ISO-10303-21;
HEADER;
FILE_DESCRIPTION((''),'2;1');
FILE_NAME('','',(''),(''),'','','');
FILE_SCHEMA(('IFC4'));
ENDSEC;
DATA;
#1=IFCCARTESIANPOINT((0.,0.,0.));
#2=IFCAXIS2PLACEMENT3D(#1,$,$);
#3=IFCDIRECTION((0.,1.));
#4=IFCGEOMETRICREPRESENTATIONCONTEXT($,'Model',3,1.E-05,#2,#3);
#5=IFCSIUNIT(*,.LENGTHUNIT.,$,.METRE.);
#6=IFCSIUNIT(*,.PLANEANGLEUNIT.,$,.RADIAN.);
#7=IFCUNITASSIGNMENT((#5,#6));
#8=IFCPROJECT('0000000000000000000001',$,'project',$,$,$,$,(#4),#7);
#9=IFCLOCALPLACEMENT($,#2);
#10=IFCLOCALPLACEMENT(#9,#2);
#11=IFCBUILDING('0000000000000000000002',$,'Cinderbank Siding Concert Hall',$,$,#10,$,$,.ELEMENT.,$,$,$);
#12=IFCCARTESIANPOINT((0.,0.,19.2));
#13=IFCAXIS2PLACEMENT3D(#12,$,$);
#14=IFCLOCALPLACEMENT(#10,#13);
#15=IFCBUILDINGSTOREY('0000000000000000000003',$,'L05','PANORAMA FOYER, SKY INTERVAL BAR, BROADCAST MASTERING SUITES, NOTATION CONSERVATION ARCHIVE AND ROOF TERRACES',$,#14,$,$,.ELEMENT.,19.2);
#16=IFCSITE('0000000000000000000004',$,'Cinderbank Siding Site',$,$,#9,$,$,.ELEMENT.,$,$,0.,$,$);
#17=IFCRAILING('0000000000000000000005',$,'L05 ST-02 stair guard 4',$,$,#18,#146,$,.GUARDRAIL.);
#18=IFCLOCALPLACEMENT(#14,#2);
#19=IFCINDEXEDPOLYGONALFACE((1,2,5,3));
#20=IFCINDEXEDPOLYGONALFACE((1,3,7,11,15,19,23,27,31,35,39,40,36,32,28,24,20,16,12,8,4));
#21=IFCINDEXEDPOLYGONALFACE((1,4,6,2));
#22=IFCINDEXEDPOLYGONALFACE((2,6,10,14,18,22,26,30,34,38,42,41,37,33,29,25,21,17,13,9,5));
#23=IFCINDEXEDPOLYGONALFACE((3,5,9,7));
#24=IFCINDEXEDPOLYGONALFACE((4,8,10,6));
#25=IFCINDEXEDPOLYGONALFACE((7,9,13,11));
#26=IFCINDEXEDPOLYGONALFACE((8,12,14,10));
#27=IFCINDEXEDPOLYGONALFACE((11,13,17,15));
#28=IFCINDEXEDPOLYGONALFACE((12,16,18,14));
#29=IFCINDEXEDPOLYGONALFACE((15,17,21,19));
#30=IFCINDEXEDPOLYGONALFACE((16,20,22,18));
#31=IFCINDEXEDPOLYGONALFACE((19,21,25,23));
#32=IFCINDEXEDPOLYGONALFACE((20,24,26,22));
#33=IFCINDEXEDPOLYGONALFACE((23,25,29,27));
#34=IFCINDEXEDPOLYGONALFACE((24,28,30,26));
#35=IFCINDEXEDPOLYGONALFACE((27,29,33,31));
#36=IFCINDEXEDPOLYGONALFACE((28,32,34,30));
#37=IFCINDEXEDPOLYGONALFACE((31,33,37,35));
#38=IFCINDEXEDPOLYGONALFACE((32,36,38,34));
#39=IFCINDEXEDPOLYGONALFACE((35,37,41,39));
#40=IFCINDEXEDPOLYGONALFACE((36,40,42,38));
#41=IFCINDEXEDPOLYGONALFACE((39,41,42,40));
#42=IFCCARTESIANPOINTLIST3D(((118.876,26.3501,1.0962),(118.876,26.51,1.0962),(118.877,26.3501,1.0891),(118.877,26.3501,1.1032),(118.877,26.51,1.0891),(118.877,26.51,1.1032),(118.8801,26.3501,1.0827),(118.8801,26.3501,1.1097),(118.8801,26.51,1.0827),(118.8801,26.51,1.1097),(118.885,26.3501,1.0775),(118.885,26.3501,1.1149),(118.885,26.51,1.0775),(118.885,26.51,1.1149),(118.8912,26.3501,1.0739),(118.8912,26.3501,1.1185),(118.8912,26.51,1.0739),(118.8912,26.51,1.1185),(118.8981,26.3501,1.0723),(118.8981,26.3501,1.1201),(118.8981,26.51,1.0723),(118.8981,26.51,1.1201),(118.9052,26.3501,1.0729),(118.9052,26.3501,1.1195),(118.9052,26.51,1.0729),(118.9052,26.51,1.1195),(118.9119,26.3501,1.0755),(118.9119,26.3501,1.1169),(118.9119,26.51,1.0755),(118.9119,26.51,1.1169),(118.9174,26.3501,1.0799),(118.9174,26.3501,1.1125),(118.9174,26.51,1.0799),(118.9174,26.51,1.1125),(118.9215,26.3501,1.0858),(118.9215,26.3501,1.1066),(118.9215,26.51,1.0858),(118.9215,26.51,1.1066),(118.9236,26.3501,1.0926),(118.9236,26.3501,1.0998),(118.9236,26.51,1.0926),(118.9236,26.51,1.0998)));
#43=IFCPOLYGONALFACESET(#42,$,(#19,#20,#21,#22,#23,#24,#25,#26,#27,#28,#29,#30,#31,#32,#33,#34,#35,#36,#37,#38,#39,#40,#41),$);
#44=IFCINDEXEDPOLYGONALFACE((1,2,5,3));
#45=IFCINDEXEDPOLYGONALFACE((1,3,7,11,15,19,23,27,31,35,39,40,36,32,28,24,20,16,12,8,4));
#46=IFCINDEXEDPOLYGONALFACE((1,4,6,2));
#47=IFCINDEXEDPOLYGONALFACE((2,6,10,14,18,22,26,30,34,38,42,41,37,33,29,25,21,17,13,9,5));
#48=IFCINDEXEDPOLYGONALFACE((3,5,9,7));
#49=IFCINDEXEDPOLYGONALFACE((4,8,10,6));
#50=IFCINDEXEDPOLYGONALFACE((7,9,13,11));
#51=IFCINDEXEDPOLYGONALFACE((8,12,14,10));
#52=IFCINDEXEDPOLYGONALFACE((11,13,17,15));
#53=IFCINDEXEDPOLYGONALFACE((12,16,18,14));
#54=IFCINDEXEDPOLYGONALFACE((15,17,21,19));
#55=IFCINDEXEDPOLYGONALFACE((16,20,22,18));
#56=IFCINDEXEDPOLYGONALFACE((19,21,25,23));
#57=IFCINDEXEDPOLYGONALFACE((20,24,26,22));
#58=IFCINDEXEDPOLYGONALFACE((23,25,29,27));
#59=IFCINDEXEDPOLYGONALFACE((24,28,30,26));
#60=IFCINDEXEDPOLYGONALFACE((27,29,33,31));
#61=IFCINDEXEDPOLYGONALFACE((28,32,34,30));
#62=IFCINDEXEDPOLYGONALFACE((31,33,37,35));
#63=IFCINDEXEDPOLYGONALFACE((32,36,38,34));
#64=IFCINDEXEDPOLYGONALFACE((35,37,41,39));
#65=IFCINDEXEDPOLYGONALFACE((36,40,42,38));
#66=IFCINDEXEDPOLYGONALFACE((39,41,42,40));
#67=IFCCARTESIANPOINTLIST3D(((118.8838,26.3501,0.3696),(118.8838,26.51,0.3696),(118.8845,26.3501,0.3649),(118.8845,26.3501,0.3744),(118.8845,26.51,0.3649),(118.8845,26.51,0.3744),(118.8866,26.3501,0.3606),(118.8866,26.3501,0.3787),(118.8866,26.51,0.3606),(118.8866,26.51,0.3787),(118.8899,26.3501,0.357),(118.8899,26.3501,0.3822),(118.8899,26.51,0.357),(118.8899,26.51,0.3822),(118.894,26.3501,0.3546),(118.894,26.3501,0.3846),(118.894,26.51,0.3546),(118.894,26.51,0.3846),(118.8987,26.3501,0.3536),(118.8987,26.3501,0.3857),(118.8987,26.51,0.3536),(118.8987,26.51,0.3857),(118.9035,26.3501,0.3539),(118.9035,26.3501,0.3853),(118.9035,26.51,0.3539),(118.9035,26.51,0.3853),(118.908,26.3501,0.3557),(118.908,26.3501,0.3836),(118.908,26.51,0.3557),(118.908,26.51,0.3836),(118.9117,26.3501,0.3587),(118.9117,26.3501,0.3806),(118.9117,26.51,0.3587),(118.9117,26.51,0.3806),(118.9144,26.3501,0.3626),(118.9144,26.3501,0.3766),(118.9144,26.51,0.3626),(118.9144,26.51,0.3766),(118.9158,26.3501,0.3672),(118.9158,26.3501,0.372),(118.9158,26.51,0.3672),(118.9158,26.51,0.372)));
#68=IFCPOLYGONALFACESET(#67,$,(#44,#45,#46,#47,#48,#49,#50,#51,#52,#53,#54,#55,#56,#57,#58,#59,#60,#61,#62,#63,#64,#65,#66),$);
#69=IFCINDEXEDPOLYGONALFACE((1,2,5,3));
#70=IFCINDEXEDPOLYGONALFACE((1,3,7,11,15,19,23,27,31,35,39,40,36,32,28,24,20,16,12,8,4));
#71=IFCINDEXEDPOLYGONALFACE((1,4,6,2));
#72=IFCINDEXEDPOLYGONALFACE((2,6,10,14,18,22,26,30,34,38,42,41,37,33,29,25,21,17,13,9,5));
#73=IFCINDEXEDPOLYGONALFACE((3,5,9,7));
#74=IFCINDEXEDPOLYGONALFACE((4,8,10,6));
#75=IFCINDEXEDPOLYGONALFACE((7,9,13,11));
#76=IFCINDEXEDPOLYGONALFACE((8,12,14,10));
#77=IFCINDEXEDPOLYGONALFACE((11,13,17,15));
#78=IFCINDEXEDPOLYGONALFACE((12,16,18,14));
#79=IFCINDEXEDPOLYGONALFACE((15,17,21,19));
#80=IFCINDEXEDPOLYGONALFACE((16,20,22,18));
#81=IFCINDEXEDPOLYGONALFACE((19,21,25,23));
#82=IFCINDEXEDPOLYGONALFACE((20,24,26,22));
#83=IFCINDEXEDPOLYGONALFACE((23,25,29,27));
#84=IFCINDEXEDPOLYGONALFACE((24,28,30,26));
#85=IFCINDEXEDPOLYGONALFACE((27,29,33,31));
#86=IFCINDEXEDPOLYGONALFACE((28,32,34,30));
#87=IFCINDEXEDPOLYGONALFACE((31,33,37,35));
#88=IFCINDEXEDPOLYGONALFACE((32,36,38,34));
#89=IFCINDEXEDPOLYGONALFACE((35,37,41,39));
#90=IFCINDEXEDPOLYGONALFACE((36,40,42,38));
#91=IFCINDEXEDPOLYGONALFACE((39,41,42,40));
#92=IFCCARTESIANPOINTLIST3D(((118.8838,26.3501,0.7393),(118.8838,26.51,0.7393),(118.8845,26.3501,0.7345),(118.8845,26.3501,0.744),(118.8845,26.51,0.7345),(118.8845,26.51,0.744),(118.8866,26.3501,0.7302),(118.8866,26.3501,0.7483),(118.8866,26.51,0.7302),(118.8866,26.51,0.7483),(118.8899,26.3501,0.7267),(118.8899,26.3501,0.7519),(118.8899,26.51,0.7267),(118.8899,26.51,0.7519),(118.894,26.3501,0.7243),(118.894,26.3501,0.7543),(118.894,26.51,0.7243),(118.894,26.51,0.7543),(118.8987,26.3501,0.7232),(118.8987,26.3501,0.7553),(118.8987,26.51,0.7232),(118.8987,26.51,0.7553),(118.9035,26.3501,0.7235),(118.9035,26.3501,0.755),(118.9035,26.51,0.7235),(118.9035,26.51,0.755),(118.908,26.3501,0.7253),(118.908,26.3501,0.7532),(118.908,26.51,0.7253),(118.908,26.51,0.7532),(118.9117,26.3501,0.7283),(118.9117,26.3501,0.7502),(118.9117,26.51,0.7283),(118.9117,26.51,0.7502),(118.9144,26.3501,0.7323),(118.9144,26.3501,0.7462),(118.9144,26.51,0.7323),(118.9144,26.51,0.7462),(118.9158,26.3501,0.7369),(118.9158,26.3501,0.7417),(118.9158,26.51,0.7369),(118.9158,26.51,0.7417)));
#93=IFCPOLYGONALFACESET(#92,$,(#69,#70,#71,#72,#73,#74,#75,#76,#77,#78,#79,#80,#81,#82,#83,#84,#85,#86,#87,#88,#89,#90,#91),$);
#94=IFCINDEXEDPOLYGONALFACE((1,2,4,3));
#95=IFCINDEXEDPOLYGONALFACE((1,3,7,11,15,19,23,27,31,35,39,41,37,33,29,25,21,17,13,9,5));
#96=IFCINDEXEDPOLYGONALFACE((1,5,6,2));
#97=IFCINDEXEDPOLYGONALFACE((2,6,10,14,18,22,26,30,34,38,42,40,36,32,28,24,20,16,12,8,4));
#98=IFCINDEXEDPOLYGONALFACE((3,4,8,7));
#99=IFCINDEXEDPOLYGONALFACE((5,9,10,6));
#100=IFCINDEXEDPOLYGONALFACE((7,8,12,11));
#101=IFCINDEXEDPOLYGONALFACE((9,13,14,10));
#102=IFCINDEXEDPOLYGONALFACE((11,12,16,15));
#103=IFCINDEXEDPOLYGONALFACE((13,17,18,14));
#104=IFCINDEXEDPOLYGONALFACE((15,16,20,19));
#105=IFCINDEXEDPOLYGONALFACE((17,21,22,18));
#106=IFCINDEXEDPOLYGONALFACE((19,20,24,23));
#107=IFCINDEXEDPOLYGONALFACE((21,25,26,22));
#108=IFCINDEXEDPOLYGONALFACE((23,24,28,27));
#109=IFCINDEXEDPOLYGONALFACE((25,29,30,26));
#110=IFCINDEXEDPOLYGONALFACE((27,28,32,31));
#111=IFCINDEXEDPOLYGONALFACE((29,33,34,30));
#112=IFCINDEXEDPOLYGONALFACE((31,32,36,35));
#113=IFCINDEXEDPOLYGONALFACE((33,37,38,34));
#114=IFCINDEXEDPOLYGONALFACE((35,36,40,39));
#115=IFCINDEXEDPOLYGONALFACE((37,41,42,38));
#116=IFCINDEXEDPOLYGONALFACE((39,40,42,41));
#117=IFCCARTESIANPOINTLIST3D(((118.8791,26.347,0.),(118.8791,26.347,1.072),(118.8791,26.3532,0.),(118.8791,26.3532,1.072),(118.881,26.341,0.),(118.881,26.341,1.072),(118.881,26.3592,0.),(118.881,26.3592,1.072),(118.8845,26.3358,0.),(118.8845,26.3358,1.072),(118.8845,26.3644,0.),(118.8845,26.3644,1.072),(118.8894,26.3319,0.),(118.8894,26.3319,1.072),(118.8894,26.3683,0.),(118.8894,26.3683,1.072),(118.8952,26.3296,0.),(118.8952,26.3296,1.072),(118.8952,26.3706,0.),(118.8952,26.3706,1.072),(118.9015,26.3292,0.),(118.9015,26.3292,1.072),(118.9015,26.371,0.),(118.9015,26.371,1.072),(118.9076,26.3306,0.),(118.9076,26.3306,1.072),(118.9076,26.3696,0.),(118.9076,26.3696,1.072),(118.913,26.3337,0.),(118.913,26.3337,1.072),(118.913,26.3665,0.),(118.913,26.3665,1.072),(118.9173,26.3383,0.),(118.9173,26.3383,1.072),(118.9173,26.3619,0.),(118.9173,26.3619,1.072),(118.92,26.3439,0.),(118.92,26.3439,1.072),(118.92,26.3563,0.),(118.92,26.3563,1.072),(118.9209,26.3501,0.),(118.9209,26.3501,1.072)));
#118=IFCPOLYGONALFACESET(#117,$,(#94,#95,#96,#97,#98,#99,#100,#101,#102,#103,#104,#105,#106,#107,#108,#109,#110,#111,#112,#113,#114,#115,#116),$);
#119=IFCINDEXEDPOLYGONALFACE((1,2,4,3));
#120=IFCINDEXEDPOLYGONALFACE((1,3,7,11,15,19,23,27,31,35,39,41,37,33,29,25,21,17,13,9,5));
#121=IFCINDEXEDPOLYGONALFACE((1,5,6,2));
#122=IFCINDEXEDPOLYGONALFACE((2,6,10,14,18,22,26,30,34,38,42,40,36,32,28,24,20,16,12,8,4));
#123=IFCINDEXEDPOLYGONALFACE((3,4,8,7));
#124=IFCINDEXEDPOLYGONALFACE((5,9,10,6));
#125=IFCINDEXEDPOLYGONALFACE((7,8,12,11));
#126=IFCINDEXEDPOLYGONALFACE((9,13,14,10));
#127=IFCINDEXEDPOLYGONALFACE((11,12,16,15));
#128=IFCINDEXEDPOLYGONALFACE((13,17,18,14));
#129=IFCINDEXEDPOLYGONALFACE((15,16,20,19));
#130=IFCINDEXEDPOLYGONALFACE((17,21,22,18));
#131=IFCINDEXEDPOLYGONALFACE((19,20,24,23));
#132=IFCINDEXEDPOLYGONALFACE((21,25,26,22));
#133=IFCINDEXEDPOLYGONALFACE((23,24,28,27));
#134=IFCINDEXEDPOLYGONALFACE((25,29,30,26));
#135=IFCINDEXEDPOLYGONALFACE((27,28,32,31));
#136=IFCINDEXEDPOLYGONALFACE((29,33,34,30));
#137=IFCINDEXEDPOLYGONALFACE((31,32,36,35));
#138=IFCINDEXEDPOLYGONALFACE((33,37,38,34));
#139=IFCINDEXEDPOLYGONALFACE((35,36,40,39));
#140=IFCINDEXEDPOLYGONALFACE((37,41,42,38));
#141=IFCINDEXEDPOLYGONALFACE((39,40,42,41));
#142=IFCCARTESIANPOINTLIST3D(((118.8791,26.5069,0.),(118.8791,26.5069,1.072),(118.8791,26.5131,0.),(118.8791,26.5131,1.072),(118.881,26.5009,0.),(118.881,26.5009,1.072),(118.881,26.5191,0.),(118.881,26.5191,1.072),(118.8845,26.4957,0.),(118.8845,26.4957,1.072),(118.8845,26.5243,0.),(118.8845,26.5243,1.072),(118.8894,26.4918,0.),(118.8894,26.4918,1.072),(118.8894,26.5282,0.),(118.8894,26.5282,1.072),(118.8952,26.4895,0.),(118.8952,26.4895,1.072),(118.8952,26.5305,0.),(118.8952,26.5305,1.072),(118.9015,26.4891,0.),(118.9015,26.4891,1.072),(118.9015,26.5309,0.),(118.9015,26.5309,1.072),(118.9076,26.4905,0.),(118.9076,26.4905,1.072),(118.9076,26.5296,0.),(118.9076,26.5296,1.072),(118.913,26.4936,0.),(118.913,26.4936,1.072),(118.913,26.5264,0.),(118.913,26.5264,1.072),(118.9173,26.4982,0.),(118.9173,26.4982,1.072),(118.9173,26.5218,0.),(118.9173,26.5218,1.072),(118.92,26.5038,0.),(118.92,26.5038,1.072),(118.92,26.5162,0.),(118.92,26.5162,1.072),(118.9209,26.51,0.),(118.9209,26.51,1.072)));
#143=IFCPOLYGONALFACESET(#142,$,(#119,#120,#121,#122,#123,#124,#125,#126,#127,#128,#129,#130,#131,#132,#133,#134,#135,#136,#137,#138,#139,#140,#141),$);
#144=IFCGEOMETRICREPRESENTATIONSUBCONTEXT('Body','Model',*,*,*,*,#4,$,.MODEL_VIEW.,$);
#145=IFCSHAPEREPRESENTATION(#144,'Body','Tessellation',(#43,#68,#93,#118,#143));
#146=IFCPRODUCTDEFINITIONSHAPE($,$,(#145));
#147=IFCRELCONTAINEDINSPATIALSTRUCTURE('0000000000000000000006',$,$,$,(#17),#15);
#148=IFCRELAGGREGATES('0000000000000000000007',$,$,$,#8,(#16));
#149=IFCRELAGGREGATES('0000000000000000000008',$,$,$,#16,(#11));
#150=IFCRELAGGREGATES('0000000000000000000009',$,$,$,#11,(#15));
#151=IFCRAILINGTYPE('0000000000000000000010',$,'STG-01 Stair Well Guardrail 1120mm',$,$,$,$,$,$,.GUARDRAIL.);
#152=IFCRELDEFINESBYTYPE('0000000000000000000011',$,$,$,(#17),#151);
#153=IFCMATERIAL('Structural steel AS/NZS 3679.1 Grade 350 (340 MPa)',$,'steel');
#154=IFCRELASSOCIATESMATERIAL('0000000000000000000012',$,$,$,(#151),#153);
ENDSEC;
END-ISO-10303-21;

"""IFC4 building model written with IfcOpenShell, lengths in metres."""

from ifc_helpers import new_model, si_unit, direction, frame, origin, origin_2d, place, context, subcontext, project, spatial, circle, extrude, material, type_object, element, save


model = new_model("IFC4")

# Units and contexts
model_context = context("Model", 3, precision=1e-05, world=origin(), true_north=direction((0.0, 1.0)))
body_context = subcontext(model_context, "Body", "Model", "MODEL_VIEW")
ifc_project = project(units=[si_unit("LENGTHUNIT", "METRE"), si_unit("PLANEANGLEUNIT", "RADIAN")], contexts=[model_context])

# Site, building, storey
site_placement = place(None, origin())
site = spatial("IfcSite", under=ifc_project, at=site_placement, Name="Cinderbank Siding Site", CompositionType="ELEMENT", RefElevation=0.0)
building_placement = place(site_placement, origin())
building = spatial("IfcBuilding", under=site, at=building_placement, Name="Cinderbank Siding Concert Hall", CompositionType="ELEMENT")
storey_placement = place(building_placement, frame((0.0, 0.0, 19.2)))
storey = spatial("IfcBuildingStorey", under=building, at=storey_placement, Name="L05", Description="PANORAMA FOYER, SKY INTERVAL BAR, BROADCAST MASTERING SUITES, NOTATION CONSERVATION ARCHIVE AND ROOF TERRACES", CompositionType="ELEMENT", Elevation=19.2)

# Railing
ifc_material_1 = material(Name="Structural steel AS/NZS 3679.1 Grade 350 (340 MPa)", Category="steel")
railing_type_1 = type_object("IfcRailingType", Name="STG-01 Stair Well Guardrail 1120mm", PredefinedType="GUARDRAIL", material=ifc_material_1)
railing_1_placement = place(storey_placement, frame((118.8999, 26.3501, 0.0)))
element("IfcRailing", 1, at=railing_1_placement, inside=storey, type_object=railing_type_1, Name="L05 ST-02 stair guard 4", PredefinedType="GUARDRAIL", context=body_context, shape_type="SweptSolid", body=[
    extrude(circle(Radius=0.0239, at=origin_2d()), frame((0.0, 0.0, 1.0962), z_axis=(0.0, 1.0, 0.0), x_axis=(-1.0, 0.0, 0.0)), (0.0, 0.0, 1.0), 0.1599),
    extrude(circle(Radius=0.0161, at=origin_2d()), frame((0.0, 0.0, 0.3696), z_axis=(0.0, 1.0, 0.0), x_axis=(-1.0, 0.0, 0.0)), (0.0, 0.0, 1.0), 0.1599),
    extrude(circle(Radius=0.0161, at=origin_2d()), frame((0.0, 0.0, 0.7393), z_axis=(0.0, 1.0, 0.0), x_axis=(-1.0, 0.0, 0.0)), (0.0, 0.0, 1.0), 0.1599),
    extrude(circle(Radius=0.021, at=origin_2d()), origin(), (0.0, 0.0, 1.0), 1.072),
    extrude(circle(Radius=0.021, at=origin_2d()), frame((0.0, 0.1599, 0.0)), (0.0, 0.0, 1.0), 1.072),
])

save(model, "model.ifc")
